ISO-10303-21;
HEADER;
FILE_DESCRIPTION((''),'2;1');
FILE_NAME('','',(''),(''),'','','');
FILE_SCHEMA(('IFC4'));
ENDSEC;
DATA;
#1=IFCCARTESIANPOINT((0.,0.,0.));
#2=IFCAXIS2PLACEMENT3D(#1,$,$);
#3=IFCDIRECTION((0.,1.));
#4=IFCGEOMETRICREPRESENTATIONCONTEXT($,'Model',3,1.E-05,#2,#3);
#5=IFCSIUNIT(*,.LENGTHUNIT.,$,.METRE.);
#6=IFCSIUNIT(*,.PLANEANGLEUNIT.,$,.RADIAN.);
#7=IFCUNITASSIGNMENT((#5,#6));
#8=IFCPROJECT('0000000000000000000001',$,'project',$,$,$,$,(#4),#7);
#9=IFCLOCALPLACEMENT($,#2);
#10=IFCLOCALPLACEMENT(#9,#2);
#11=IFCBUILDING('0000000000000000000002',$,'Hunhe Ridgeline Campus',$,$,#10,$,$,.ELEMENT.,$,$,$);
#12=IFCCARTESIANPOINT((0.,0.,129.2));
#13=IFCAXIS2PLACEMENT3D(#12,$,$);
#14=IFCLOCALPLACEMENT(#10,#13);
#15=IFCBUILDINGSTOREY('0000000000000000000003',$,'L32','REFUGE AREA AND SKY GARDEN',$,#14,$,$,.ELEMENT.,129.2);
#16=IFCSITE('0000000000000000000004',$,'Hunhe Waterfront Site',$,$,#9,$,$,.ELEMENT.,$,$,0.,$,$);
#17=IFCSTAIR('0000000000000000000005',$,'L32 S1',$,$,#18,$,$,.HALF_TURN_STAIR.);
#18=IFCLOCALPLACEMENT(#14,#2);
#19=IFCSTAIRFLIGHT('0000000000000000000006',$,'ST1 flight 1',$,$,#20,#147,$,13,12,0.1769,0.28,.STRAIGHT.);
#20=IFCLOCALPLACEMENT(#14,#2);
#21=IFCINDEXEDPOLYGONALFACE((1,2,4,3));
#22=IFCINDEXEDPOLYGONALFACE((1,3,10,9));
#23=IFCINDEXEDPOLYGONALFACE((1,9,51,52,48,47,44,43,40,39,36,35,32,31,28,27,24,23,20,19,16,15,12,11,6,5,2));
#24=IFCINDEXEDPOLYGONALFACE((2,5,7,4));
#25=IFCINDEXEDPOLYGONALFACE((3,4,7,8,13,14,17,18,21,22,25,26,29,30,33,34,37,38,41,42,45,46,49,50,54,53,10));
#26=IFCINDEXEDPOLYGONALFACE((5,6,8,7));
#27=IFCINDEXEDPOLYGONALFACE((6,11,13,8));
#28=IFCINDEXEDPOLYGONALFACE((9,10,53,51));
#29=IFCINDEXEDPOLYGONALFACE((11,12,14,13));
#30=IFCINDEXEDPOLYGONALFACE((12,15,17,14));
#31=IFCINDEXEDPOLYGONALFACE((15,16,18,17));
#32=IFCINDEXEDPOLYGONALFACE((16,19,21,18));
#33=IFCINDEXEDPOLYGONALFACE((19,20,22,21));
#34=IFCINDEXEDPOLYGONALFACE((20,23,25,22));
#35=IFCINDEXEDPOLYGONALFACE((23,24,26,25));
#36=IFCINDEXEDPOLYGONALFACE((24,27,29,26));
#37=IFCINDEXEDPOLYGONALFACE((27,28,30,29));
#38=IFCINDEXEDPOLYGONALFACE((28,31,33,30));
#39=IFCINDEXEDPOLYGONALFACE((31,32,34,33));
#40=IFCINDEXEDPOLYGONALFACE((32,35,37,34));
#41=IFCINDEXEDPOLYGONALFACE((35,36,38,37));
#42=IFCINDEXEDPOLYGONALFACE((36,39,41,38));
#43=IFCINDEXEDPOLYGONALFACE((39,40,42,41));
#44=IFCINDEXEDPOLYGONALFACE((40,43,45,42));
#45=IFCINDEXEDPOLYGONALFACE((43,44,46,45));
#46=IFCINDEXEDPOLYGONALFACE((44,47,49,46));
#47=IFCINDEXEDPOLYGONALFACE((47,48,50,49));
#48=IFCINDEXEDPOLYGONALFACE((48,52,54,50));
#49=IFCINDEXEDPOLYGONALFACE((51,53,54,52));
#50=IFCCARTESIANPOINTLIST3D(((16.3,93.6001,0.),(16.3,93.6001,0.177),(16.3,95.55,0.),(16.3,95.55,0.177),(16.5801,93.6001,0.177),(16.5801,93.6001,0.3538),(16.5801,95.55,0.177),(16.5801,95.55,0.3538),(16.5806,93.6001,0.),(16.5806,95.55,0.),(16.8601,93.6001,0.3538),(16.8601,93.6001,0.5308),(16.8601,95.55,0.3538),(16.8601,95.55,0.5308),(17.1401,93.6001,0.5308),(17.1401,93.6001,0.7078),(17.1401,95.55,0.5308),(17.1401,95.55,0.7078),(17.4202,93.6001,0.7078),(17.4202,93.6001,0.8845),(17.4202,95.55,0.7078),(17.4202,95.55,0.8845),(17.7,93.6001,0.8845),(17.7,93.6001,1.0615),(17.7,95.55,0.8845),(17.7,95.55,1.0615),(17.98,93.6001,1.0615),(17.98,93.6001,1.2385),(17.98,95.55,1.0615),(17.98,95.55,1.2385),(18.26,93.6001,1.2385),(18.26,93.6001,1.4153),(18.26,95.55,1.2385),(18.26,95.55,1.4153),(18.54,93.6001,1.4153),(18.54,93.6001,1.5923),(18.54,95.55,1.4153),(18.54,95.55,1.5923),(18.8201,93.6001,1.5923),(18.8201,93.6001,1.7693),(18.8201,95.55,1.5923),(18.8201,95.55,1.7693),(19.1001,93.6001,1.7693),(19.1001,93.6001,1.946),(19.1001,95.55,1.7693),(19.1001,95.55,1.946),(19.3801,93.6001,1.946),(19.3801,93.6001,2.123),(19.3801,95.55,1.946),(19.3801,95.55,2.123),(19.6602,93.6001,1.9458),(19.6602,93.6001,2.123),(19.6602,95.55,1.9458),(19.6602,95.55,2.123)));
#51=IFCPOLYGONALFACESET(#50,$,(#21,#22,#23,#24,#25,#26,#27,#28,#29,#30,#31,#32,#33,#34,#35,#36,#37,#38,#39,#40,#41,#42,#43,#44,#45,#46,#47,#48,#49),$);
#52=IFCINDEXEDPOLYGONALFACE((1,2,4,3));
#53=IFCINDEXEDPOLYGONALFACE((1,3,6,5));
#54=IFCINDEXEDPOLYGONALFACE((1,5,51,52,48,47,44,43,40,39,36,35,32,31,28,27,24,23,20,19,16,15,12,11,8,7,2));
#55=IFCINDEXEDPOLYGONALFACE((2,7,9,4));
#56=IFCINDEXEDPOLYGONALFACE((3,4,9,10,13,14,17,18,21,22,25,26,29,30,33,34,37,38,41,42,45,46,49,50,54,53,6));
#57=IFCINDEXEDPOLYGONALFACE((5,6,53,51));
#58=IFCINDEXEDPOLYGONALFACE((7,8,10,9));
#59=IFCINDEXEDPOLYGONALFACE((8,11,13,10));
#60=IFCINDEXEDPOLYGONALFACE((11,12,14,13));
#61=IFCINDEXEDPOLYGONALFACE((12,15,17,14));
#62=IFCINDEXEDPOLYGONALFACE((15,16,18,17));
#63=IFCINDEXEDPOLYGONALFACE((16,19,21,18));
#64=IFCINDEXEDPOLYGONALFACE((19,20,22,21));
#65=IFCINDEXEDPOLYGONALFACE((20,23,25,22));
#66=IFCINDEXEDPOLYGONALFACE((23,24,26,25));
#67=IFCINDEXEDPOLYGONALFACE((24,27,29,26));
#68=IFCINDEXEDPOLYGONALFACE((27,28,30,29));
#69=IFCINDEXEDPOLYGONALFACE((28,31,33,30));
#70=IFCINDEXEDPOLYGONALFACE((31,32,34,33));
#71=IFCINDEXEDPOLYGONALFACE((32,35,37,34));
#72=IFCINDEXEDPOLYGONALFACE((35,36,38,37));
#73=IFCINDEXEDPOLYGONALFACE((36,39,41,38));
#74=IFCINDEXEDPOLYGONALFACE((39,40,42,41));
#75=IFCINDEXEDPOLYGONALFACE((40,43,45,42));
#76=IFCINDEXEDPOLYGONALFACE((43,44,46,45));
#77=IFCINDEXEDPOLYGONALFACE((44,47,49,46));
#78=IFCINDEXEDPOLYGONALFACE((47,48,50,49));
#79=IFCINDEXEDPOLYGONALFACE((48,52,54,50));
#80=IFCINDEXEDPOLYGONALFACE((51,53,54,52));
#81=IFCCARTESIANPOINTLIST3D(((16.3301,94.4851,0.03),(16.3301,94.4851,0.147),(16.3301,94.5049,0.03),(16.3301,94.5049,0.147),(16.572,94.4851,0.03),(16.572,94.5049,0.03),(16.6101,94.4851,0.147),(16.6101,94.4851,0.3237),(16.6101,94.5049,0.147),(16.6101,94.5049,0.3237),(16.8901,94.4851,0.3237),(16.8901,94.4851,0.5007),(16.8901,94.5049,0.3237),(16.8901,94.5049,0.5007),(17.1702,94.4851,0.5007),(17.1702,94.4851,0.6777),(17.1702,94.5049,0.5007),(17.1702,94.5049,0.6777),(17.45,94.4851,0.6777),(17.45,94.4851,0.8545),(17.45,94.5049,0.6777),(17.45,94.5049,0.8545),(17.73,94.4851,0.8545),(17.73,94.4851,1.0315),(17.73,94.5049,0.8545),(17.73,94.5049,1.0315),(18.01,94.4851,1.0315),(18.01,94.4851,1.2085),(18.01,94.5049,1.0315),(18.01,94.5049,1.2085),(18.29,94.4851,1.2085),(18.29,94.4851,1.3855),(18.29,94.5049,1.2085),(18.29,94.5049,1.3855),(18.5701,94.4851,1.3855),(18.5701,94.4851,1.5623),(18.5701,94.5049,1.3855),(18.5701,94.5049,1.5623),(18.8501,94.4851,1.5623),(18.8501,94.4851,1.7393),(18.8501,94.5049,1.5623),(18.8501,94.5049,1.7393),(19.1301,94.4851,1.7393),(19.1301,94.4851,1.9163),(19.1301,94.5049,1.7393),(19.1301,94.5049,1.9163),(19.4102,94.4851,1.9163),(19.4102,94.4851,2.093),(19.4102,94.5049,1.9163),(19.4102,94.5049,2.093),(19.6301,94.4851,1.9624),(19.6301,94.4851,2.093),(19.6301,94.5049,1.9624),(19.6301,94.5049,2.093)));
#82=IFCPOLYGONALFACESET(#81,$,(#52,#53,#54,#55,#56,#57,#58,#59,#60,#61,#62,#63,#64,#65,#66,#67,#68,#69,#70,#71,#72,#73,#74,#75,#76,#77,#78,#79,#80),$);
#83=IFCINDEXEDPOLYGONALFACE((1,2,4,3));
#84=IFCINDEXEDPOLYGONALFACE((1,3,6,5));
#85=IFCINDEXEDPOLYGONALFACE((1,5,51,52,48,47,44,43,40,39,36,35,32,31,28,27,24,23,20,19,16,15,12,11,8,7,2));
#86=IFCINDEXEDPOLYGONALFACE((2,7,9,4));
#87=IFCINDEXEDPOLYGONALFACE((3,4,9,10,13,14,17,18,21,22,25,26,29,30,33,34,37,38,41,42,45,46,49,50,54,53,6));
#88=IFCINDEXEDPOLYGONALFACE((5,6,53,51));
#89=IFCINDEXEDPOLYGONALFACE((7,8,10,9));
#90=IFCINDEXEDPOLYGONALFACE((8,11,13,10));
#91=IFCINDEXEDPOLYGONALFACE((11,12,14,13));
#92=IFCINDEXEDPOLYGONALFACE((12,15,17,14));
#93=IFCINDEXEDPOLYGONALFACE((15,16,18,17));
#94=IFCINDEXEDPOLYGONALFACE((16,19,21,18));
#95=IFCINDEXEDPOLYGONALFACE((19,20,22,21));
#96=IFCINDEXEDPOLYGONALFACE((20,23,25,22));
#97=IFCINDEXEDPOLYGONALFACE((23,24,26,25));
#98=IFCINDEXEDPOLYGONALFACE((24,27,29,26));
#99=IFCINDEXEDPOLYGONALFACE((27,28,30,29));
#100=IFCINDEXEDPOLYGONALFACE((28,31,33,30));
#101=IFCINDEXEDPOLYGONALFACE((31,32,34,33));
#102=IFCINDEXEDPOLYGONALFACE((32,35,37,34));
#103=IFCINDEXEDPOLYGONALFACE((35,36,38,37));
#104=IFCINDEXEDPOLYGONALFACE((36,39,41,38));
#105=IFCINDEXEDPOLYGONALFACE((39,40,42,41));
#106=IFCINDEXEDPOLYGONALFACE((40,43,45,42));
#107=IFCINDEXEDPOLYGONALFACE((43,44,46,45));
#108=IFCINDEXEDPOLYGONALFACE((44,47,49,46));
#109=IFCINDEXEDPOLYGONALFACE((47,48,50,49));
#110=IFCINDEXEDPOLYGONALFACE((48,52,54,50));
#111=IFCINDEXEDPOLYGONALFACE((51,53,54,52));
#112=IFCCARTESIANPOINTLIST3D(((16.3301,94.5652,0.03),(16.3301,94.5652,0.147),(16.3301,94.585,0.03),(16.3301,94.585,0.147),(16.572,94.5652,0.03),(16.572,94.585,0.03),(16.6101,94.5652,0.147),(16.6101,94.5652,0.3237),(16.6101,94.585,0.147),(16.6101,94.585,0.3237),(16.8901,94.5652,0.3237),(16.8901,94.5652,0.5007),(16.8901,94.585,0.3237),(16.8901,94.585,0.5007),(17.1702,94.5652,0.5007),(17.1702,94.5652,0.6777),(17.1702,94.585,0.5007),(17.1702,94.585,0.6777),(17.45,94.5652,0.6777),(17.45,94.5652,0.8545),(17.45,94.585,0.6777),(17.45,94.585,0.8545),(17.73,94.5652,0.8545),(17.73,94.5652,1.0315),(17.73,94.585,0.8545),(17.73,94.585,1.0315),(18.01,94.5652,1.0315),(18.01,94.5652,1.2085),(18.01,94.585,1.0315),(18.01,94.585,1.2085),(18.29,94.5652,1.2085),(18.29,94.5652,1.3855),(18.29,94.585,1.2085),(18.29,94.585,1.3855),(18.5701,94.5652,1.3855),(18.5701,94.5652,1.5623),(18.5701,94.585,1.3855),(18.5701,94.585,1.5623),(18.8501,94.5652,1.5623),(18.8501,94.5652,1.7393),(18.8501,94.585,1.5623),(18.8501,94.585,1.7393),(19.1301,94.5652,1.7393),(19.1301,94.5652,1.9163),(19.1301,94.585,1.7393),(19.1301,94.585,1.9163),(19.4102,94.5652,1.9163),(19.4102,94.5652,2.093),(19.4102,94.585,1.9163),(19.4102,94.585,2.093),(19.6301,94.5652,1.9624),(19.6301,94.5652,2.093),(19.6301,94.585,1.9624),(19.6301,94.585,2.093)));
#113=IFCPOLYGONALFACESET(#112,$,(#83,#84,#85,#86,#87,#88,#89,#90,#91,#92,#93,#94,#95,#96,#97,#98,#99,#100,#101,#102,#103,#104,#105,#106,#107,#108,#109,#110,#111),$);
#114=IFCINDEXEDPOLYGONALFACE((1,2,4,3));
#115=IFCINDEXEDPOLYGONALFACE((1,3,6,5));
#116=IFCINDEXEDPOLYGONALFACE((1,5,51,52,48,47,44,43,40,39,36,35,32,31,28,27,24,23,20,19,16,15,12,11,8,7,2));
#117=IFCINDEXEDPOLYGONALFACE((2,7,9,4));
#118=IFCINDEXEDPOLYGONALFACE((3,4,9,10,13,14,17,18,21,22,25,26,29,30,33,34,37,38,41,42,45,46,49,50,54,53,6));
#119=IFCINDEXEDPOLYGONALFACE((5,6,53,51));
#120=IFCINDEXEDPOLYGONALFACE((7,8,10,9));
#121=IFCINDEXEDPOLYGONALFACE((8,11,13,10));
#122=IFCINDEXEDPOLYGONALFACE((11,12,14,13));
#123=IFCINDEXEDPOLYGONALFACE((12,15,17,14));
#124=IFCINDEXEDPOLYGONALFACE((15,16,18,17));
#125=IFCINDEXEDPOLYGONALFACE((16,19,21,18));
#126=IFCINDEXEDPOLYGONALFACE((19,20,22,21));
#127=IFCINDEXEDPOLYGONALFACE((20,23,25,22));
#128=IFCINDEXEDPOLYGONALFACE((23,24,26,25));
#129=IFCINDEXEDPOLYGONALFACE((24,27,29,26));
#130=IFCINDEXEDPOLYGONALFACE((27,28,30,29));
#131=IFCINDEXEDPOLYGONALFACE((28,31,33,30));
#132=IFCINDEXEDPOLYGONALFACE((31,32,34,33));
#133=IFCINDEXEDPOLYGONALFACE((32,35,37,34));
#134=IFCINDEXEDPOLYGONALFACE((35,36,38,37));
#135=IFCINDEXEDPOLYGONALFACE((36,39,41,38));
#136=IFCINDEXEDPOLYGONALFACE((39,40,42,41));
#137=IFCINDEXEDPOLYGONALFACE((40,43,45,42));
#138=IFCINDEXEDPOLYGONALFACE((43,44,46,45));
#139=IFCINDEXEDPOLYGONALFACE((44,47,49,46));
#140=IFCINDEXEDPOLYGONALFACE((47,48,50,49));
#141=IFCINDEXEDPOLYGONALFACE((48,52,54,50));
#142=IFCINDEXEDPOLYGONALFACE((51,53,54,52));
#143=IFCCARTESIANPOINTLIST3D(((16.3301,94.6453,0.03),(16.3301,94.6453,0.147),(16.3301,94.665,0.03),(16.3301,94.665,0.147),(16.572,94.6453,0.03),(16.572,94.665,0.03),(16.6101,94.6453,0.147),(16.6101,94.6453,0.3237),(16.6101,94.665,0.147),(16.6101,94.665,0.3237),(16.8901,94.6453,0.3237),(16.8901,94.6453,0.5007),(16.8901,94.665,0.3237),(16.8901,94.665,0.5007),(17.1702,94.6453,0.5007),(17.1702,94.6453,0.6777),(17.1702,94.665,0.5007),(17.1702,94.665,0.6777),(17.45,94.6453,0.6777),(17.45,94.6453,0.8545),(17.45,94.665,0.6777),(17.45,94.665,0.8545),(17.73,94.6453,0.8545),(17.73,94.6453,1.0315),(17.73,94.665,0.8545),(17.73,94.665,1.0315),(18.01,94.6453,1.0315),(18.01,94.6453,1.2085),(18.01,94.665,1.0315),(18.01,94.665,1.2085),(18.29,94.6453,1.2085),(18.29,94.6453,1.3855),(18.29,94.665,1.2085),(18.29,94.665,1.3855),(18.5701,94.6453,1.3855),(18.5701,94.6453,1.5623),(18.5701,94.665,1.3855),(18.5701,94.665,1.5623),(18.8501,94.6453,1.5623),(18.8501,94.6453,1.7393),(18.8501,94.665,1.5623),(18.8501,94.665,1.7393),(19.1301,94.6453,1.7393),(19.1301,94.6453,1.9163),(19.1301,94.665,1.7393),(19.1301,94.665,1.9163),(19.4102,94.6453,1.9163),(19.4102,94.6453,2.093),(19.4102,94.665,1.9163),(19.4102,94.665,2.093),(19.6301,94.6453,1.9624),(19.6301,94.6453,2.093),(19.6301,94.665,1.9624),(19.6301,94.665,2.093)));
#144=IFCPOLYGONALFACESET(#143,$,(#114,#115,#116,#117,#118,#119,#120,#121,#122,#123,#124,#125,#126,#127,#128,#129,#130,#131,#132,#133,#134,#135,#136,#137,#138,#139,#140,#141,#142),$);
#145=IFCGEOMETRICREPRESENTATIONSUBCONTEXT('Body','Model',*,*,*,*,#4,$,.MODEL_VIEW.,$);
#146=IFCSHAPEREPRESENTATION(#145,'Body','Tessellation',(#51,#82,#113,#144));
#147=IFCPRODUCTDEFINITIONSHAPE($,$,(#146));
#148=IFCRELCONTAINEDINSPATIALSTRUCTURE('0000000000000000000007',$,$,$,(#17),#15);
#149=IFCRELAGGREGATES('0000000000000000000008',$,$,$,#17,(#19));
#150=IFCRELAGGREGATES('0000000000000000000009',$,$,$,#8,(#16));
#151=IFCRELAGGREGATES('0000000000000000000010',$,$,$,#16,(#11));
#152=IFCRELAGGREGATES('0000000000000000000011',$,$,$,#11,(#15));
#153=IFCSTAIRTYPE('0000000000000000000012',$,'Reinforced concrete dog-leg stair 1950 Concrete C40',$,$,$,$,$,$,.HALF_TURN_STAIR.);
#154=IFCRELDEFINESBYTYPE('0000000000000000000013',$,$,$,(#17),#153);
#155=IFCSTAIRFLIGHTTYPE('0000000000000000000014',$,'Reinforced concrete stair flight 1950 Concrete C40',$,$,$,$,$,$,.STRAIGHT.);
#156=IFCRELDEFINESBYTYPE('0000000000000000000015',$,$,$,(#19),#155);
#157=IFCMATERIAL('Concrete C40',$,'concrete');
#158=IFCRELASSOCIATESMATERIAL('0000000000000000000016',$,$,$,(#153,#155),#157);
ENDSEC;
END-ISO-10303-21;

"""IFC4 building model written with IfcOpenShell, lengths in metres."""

from ifc_helpers import new_model, si_unit, direction, frame, origin, place, context, subcontext, project, spatial, polyline, outline, extrude, material, type_object, element, aggregate, save


model = new_model("IFC4")

# Units and contexts
model_context = context("Model", 3, precision=1e-05, world=origin(), true_north=direction((0.0, 1.0)))
body_context = subcontext(model_context, "Body", "Model", "MODEL_VIEW")
ifc_project = project(units=[si_unit("LENGTHUNIT", "METRE"), si_unit("PLANEANGLEUNIT", "RADIAN")], contexts=[model_context])

# Site, building, storey
site_placement = place(None, origin())
site = spatial("IfcSite", under=ifc_project, at=site_placement, Name="Hunhe Waterfront Site", CompositionType="ELEMENT", RefElevation=0.0)
building_placement = place(site_placement, origin())
building = spatial("IfcBuilding", under=site, at=building_placement, Name="Hunhe Ridgeline Campus", CompositionType="ELEMENT")
storey_placement = place(building_placement, frame((0.0, 0.0, 129.2)))
storey = spatial("IfcBuildingStorey", under=building, at=storey_placement, Name="L32", Description="REFUGE AREA AND SKY GARDEN", CompositionType="ELEMENT", Elevation=129.2)

# Stair, stair flight
ifc_material_1 = material(Name="Concrete C40", Category="concrete")
stair_type = type_object("IfcStairType", Name="Reinforced concrete dog-leg stair 1950 Concrete C40", PredefinedType="HALF_TURN_STAIR", material=ifc_material_1)
stair_placement = place(storey_placement, origin())
stair = element("IfcStair", 1, at=stair_placement, inside=storey, type_object=stair_type, Name="L32 S1", PredefinedType="HALF_TURN_STAIR")
stair_flight_type = type_object("IfcStairFlightType", Name="Reinforced concrete stair flight 1950 Concrete C40", PredefinedType="STRAIGHT", material=ifc_material_1)
stair_flight_1_placement = place(storey_placement, frame((16.3, 94.575, 0.0), z_axis=(0.0, 0.0, 1.0), x_axis=(1.0, 0.0, 0.0)))
stair_flight_1 = element("IfcStairFlight", 2, at=stair_flight_1_placement, type_object=stair_flight_type, Name="ST1 flight 1", NumberOfRisers=13, NumberOfTreads=12, PredefinedType="STRAIGHT", RiserHeight=0.1769, TreadLength=0.28, context=body_context, shape_type="SweptSolid", body=[
    extrude(outline(polyline([(0.0, 0.0), (0.0, 0.177), (0.28, 0.177), (0.28, 0.3538), (0.5601, 0.3538), (0.5601, 0.5308), (0.8401, 0.5308), (0.8401, 0.7078), (1.1201, 0.7078), (1.1201, 0.8845), (1.3999, 0.8845), (1.3999, 1.0615), (1.6799, 1.0615), (1.6799, 1.2385), (1.96, 1.2385), (1.96, 1.4153), (2.24, 1.4153), (2.24, 1.5923), (2.52, 1.5923), (2.52, 1.7693), (2.8, 1.7693), (2.8, 1.946), (3.0801, 1.946), (3.0801, 2.123), (3.3601, 2.123), (3.3601, 2.3), (3.3601, 1.9458), (0.2805, 0.0), (0.0, 0.0)])), frame((0.0, 0.9751, 0.0), z_axis=(0.0, -1.0, 0.0), x_axis=(1.0, 0.0, 0.0)), (0.0, 0.0, 1.0), 1.95),
    extrude(outline(polyline([(0.03, 0.03), (0.03, 0.147), (0.3101, 0.147), (0.3101, 0.3237), (0.5901, 0.3237), (0.5901, 0.5007), (0.8701, 0.5007), (0.8701, 0.6777), (1.1499, 0.6777), (1.1499, 0.8545), (1.4299, 0.8545), (1.4299, 1.0315), (1.71, 1.0315), (1.71, 1.2085), (1.99, 1.2085), (1.99, 1.3855), (2.27, 1.3855), (2.27, 1.5623), (2.55, 1.5623), (2.55, 1.7393), (2.8301, 1.7393), (2.8301, 1.9163), (3.1101, 1.9163), (3.1101, 2.093), (3.3301, 2.093), (3.3301, 1.9624), (0.272, 0.03), (0.03, 0.03)])), frame((0.0, -0.0701, 0.0), z_axis=(0.0, -1.0, 0.0), x_axis=(1.0, 0.0, 0.0)), (0.0, 0.0, 1.0), 0.0198),
    extrude(outline(polyline([(0.03, 0.03), (0.03, 0.147), (0.3101, 0.147), (0.3101, 0.3237), (0.5901, 0.3237), (0.5901, 0.5007), (0.8701, 0.5007), (0.8701, 0.6777), (1.1499, 0.6777), (1.1499, 0.8545), (1.4299, 0.8545), (1.4299, 1.0315), (1.71, 1.0315), (1.71, 1.2085), (1.99, 1.2085), (1.99, 1.3855), (2.27, 1.3855), (2.27, 1.5623), (2.55, 1.5623), (2.55, 1.7393), (2.8301, 1.7393), (2.8301, 1.9163), (3.1101, 1.9163), (3.1101, 2.093), (3.3301, 2.093), (3.3301, 1.9624), (0.272, 0.03), (0.03, 0.03)])), frame((0.0, 0.01, 0.0), z_axis=(0.0, -1.0, 0.0), x_axis=(1.0, 0.0, 0.0)), (0.0, 0.0, 1.0), 0.0198),
    extrude(outline(polyline([(0.03, 0.03), (0.03, 0.147), (0.3101, 0.147), (0.3101, 0.3237), (0.5901, 0.3237), (0.5901, 0.5007), (0.8701, 0.5007), (0.8701, 0.6777), (1.1499, 0.6777), (1.1499, 0.8545), (1.4299, 0.8545), (1.4299, 1.0315), (1.71, 1.0315), (1.71, 1.2085), (1.99, 1.2085), (1.99, 1.3855), (2.27, 1.3855), (2.27, 1.5623), (2.55, 1.5623), (2.55, 1.7393), (2.8301, 1.7393), (2.8301, 1.9163), (3.1101, 1.9163), (3.1101, 2.093), (3.3301, 2.093), (3.3301, 1.9624), (0.272, 0.03), (0.03, 0.03)])), frame((0.0, 0.0901, 0.0), z_axis=(0.0, -1.0, 0.0), x_axis=(1.0, 0.0, 0.0)), (0.0, 0.0, 1.0), 0.0198),
])
aggregate(stair, [stair_flight_1])

save(model, "model.ifc")
